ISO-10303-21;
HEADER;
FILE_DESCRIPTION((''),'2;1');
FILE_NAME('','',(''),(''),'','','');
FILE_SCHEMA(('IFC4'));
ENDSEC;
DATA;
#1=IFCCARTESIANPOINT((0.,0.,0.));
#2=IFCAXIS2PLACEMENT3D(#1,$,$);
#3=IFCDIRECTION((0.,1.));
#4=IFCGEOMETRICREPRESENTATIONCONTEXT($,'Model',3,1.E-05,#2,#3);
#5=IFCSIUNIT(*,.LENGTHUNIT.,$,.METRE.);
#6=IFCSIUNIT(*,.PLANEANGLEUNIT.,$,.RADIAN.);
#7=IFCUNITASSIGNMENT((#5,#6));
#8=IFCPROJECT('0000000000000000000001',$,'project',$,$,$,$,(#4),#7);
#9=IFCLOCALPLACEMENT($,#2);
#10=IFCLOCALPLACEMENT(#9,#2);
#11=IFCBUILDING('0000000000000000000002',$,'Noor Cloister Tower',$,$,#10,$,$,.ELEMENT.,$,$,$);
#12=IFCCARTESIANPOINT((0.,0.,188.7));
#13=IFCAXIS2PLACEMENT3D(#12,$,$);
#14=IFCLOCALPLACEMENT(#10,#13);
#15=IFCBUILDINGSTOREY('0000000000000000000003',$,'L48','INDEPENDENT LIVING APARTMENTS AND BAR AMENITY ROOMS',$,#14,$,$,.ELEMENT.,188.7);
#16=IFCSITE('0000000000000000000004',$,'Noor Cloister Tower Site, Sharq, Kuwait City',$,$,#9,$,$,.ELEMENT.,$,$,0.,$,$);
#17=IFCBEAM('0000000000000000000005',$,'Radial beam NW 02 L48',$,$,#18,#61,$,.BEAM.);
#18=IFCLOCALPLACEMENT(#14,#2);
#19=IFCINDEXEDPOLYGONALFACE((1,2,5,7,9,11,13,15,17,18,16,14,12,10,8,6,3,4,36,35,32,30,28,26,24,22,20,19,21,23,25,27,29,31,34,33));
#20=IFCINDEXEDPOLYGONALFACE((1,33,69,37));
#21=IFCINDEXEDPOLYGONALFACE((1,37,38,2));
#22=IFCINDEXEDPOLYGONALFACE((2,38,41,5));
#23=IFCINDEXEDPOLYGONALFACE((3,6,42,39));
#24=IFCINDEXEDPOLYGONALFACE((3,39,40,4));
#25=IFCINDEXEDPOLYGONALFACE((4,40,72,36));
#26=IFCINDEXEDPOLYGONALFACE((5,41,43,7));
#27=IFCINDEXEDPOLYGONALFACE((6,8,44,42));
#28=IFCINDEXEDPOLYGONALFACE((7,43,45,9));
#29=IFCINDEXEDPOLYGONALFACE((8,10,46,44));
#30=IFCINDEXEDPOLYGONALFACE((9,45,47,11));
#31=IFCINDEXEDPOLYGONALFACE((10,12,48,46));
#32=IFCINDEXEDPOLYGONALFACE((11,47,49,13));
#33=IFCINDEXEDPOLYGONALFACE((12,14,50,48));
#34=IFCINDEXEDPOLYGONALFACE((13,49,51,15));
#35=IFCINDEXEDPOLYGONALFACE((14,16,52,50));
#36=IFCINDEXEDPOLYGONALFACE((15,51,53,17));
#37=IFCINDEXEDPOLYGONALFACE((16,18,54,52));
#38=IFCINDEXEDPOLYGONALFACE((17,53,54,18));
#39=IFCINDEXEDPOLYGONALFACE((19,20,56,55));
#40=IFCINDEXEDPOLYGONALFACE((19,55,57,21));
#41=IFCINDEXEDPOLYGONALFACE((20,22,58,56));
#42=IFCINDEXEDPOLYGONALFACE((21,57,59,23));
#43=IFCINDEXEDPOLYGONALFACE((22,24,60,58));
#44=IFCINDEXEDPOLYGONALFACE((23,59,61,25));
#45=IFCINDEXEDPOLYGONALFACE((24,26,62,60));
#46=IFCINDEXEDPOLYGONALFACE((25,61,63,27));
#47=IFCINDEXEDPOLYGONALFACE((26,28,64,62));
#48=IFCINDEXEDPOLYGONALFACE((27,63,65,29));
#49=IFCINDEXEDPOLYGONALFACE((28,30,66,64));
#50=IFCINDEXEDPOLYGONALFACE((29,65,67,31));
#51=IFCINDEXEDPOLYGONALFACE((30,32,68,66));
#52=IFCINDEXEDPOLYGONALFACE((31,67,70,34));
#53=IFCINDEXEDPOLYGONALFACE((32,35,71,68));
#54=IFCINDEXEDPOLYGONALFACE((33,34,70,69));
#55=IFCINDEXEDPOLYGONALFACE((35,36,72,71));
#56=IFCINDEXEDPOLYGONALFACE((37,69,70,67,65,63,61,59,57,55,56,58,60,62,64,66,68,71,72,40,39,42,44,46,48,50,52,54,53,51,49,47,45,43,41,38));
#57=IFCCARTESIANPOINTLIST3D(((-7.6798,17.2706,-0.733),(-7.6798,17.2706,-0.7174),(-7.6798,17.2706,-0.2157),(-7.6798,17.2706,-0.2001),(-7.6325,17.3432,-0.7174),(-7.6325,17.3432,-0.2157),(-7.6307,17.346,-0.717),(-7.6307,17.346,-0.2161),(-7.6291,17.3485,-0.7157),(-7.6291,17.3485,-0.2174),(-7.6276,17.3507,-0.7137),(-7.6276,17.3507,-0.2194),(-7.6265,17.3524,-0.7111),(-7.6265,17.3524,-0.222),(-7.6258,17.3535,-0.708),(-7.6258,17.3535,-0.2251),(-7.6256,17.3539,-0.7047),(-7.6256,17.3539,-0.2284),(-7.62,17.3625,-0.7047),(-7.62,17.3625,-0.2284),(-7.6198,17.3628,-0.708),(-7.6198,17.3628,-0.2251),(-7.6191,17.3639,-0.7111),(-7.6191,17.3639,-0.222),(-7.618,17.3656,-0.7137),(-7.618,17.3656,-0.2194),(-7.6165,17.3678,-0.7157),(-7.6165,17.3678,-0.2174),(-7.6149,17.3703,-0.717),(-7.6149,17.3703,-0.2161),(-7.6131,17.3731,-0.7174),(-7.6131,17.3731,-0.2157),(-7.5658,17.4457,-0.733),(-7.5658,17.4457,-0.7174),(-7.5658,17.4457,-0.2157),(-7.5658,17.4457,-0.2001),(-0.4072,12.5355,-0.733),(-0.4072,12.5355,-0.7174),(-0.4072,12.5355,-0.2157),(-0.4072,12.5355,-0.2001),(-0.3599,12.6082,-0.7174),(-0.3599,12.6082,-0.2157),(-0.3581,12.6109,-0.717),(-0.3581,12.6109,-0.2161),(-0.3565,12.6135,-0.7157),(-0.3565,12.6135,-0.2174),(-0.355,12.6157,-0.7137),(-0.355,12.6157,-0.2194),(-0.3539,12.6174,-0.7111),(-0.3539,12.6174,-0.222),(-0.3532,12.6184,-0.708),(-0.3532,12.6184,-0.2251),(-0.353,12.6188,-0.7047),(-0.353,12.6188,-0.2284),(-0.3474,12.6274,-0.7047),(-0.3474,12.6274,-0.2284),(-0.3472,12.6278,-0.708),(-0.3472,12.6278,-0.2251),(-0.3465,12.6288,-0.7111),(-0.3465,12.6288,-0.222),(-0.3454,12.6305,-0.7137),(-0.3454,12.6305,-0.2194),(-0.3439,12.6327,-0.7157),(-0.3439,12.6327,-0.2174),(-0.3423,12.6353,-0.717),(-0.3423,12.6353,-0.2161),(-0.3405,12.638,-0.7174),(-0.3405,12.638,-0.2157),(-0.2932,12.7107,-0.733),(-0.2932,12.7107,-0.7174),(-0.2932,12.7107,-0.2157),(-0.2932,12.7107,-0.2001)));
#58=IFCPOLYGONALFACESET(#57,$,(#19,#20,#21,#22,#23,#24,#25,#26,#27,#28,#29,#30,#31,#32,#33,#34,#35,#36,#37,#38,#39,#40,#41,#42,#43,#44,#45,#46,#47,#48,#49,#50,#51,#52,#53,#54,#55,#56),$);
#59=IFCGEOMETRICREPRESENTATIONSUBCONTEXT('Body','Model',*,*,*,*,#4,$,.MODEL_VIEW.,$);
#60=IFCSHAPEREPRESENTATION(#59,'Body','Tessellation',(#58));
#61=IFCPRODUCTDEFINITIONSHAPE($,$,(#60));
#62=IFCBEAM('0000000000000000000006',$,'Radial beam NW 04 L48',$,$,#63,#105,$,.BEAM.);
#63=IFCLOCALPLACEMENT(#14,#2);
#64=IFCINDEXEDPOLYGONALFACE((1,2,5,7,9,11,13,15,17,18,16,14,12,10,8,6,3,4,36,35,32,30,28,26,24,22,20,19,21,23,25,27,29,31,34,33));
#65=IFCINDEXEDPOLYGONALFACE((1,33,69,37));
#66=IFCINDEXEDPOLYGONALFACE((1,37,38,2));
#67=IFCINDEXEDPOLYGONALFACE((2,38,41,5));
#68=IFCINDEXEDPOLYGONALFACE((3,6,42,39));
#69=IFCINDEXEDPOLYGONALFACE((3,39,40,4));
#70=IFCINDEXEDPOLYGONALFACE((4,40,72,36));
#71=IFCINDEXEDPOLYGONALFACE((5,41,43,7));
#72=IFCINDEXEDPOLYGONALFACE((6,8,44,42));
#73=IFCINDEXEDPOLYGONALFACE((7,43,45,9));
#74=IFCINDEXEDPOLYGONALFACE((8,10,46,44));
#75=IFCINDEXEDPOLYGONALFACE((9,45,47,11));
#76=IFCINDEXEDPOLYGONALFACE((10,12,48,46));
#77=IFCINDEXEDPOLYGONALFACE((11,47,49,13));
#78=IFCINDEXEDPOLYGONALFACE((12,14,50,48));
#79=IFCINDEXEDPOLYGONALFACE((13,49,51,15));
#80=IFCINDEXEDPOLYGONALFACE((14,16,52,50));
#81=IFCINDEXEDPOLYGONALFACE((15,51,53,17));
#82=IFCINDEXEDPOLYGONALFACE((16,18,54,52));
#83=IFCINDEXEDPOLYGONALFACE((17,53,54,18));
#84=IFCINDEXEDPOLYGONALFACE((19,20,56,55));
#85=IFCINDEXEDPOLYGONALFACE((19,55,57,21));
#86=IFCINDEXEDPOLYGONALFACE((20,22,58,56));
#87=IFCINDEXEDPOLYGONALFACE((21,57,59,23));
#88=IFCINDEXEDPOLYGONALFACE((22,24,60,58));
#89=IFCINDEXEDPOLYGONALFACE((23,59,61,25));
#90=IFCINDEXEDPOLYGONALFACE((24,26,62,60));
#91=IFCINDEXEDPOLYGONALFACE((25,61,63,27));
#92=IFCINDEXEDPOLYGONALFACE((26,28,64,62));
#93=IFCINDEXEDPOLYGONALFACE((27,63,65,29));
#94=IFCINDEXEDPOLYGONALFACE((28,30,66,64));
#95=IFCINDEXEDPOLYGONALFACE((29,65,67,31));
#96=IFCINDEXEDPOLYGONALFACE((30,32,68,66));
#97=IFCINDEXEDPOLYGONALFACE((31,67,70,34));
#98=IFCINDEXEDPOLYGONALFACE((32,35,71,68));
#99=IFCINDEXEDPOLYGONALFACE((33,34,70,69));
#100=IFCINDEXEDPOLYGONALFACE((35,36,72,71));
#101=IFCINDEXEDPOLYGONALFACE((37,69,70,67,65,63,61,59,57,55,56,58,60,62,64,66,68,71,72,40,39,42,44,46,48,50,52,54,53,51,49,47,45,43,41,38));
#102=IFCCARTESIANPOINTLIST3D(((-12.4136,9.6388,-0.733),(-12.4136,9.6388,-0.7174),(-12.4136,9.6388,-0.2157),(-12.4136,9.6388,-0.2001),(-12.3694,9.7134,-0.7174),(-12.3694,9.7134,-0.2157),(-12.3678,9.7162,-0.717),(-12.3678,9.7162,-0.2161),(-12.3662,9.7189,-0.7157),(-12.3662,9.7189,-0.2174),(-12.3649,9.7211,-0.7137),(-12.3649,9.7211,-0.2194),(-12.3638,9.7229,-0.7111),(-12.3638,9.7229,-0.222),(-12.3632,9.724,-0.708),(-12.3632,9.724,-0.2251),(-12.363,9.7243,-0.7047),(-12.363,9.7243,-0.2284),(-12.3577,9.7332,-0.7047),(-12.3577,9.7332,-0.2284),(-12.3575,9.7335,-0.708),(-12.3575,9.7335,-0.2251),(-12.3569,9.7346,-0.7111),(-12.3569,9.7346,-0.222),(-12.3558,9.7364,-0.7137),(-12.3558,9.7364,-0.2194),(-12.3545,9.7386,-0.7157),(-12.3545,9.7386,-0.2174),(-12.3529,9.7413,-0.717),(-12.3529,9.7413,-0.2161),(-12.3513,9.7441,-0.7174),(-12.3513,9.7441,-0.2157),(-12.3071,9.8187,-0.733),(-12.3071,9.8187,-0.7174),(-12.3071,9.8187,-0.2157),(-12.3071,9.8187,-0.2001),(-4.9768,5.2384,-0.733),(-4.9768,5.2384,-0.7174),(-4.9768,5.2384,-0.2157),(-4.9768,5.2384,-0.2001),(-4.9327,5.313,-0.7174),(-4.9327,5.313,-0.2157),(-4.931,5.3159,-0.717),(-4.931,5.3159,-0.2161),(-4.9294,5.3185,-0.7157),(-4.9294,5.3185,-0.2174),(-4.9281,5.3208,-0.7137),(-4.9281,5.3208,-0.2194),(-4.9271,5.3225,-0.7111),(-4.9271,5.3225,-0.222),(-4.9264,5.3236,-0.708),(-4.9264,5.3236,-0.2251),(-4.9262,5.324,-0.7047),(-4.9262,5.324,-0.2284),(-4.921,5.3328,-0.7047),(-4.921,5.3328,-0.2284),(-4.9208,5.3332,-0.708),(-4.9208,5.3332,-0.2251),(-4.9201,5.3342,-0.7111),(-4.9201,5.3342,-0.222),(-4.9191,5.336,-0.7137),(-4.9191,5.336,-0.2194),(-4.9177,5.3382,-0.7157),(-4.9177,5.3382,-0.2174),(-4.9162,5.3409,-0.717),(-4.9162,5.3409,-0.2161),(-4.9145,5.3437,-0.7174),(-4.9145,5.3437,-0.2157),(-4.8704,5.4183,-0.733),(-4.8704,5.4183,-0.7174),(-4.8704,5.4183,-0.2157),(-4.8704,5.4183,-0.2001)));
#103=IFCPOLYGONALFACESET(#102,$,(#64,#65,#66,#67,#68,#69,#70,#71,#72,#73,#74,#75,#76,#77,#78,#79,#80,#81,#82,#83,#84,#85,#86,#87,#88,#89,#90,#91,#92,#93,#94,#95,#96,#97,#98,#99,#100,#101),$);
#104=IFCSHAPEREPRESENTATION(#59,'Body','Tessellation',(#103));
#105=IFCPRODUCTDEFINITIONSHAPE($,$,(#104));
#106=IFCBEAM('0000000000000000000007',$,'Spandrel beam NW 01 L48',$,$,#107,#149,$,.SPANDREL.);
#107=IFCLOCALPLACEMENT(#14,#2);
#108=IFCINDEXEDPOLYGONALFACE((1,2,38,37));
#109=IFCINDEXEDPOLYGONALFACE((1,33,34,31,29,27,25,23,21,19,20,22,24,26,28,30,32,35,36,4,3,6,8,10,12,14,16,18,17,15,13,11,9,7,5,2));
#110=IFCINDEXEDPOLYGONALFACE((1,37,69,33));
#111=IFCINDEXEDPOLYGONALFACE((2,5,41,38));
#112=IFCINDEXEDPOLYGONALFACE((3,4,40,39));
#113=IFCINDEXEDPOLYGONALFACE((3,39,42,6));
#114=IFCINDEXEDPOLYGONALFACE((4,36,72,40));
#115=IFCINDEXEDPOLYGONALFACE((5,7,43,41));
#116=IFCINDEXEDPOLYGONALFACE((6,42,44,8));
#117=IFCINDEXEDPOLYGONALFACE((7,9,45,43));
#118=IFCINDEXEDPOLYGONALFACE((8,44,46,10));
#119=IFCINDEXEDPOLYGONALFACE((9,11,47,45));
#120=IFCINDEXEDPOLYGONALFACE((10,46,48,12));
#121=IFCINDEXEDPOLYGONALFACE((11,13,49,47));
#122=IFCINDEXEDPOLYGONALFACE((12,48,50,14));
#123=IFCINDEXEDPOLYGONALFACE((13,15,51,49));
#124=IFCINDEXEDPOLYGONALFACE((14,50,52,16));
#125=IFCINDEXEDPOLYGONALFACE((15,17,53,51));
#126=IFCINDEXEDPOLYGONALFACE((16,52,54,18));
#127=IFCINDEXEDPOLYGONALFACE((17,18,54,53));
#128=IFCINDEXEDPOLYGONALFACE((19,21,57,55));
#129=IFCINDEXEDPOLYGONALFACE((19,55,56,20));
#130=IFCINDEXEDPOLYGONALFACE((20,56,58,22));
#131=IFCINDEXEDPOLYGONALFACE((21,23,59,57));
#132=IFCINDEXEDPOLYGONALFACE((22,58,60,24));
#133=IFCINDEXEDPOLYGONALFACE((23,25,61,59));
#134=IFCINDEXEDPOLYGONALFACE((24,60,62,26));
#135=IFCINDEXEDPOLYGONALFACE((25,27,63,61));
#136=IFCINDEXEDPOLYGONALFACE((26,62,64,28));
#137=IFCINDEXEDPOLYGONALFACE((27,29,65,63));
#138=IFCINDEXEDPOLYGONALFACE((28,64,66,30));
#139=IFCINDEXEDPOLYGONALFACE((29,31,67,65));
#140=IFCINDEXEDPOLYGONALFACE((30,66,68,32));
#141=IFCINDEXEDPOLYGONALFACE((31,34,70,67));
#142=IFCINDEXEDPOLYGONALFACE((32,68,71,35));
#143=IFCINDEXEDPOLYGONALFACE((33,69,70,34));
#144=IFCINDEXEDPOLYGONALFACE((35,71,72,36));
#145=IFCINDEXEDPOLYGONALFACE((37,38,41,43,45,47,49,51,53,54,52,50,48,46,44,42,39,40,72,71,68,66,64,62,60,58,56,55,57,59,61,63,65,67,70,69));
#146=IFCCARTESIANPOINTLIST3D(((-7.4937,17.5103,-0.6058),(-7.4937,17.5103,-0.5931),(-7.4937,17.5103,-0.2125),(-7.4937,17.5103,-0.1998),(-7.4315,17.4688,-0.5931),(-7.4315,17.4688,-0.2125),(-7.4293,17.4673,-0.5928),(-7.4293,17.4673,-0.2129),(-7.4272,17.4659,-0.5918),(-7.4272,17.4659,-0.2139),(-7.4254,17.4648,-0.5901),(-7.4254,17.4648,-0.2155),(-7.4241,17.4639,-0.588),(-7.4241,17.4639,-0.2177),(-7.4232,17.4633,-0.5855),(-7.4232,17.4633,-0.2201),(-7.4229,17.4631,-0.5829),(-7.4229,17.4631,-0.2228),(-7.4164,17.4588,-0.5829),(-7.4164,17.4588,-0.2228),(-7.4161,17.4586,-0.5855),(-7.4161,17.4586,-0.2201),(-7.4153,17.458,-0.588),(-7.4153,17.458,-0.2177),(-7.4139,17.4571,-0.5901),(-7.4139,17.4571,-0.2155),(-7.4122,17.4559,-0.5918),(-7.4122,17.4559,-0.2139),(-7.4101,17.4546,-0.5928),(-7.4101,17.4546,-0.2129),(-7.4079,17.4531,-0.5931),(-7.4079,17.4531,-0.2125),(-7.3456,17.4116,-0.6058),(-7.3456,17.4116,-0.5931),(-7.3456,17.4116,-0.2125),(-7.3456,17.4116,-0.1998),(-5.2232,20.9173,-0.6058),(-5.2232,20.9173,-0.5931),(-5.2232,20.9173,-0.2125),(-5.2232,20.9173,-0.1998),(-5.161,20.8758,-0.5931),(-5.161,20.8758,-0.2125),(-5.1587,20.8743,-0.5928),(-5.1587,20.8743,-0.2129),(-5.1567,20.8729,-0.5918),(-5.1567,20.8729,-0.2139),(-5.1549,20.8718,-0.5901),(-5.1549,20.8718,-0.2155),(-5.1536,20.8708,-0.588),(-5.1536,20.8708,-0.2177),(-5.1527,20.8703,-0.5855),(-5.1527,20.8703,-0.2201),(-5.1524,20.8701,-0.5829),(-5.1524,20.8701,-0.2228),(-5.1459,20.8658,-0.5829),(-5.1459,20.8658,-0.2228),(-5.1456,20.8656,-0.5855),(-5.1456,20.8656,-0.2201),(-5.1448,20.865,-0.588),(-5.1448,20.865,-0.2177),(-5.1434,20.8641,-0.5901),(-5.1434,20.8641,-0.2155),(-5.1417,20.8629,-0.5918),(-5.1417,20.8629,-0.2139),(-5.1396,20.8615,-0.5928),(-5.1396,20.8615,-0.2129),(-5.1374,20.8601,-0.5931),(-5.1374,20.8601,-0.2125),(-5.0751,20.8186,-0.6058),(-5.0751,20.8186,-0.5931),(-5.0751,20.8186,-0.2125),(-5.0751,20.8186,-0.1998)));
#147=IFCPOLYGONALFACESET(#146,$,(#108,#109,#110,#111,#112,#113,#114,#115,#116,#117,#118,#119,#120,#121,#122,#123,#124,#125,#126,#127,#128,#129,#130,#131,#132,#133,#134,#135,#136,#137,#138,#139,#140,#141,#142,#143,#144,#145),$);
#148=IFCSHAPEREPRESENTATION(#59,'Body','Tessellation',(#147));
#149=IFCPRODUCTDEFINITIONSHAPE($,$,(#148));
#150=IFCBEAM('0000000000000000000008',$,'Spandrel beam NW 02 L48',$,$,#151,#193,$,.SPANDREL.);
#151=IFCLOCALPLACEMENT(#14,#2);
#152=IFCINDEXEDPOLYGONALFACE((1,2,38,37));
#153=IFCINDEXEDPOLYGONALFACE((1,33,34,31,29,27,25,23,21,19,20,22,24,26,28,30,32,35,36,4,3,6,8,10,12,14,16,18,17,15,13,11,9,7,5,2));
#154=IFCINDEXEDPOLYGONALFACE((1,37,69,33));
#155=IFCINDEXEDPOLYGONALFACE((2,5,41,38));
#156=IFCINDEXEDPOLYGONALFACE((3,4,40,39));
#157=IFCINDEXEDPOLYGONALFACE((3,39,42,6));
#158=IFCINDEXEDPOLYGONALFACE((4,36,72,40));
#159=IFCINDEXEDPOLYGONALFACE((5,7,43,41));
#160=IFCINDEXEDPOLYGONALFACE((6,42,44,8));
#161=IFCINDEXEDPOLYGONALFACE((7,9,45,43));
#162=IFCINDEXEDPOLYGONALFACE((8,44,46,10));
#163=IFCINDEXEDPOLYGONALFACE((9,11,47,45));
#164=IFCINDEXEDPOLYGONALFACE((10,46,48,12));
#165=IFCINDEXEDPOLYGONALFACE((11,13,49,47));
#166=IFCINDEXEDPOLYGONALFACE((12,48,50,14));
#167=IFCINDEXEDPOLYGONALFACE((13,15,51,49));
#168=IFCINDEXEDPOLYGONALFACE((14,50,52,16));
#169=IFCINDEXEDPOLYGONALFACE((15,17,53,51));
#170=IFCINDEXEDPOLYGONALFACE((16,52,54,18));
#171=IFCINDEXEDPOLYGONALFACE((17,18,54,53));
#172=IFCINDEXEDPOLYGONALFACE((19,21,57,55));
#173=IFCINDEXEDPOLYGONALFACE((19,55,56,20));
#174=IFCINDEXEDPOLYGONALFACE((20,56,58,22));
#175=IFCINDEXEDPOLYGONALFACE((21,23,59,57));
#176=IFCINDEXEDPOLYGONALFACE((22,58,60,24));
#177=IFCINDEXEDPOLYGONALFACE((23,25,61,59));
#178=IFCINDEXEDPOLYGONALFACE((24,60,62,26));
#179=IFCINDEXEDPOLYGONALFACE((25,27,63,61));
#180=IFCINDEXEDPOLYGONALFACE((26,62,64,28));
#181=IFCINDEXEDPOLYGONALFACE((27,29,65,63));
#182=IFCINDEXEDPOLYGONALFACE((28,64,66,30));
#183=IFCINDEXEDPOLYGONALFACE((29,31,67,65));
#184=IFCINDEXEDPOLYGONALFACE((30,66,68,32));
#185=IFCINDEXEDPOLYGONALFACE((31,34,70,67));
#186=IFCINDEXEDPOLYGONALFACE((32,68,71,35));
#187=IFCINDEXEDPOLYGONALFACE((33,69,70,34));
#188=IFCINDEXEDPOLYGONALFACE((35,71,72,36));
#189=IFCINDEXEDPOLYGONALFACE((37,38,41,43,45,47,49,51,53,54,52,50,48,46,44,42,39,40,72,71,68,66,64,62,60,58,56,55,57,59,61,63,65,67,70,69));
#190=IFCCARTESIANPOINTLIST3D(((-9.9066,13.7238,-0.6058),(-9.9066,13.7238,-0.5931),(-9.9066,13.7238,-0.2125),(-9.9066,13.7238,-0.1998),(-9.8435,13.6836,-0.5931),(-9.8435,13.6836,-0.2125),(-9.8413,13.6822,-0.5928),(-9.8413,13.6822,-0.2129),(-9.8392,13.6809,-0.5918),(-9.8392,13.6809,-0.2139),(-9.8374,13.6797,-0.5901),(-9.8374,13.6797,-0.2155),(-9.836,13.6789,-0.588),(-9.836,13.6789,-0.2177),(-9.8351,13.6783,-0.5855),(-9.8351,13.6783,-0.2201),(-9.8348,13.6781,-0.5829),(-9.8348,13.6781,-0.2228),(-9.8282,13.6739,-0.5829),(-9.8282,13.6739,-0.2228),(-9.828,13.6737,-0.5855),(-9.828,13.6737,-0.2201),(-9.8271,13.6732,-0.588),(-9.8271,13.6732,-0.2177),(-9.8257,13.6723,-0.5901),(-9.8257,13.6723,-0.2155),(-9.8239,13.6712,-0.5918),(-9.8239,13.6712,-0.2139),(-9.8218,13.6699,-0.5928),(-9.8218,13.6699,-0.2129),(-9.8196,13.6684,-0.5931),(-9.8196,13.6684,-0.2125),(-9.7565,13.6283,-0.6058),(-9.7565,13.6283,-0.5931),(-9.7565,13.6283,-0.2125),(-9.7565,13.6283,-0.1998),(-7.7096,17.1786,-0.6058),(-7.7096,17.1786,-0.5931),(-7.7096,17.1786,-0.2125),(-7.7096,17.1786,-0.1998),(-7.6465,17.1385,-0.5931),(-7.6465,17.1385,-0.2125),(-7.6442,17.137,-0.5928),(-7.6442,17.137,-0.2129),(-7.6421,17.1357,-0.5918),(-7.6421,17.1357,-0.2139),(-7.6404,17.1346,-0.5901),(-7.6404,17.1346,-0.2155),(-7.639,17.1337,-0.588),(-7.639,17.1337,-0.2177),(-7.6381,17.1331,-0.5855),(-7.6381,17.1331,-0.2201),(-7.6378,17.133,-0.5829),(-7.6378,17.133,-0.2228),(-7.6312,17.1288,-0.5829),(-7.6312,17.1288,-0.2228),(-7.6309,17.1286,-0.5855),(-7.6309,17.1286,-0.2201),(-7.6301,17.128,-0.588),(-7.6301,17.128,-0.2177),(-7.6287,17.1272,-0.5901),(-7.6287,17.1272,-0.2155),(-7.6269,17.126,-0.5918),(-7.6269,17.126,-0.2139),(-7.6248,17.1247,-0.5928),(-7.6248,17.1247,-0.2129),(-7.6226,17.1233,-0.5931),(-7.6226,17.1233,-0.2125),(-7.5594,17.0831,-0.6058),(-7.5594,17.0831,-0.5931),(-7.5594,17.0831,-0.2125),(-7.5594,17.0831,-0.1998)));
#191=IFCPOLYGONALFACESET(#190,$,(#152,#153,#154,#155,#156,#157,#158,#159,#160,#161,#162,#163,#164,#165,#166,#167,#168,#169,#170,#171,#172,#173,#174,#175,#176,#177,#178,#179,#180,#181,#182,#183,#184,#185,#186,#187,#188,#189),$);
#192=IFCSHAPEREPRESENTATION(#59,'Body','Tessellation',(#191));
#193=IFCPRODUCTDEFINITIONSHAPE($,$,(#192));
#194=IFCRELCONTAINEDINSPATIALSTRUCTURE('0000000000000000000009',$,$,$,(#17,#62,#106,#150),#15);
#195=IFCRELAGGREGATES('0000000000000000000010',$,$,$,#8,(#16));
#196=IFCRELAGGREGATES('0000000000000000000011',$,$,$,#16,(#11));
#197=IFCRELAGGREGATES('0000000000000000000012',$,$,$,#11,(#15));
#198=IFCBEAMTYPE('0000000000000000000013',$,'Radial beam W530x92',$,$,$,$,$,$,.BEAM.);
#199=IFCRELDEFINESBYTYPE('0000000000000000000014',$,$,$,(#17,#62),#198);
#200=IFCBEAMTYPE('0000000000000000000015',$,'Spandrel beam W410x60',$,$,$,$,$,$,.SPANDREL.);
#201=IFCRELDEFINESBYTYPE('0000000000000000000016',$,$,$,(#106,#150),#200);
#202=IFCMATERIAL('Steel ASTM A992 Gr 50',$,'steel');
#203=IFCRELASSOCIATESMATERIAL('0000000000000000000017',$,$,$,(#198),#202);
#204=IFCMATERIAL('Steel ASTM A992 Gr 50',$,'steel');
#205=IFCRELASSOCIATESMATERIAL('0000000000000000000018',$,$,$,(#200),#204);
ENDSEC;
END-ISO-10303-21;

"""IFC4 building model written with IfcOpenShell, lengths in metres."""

from ifc_helpers import new_model, si_unit, direction, frame, origin, origin_2d, place, context, subcontext, project, spatial, i_section, extrude, material, material_profile, profile_set, type_object, element, save


model = new_model("IFC4")

# Units and contexts
model_context = context("Model", 3, precision=1e-05, world=origin(), true_north=direction((0.0, 1.0)))
body_context = subcontext(model_context, "Body", "Model", "MODEL_VIEW")
ifc_project = project(units=[si_unit("LENGTHUNIT", "METRE"), si_unit("PLANEANGLEUNIT", "RADIAN")], contexts=[model_context])

# Site, building, storey
site_placement = place(None, origin())
site = spatial("IfcSite", under=ifc_project, at=site_placement, Name="Noor Cloister Tower Site, Sharq, Kuwait City", CompositionType="ELEMENT", RefElevation=0.0)
building_placement = place(site_placement, origin())
building = spatial("IfcBuilding", under=site, at=building_placement, Name="Noor Cloister Tower", CompositionType="ELEMENT")
storey_placement = place(building_placement, frame((0.0, 0.0, 188.7)))
storey = spatial("IfcBuildingStorey", under=building, at=storey_placement, Name="L48", Description="INDEPENDENT LIVING APARTMENTS AND BAR AMENITY ROOMS", CompositionType="ELEMENT", Elevation=188.7)

# Beams
ifc_material_1 = material(Name="Steel ASTM A992 Gr 50", Category="steel")
ifc_material_profile_1 = material_profile(ifc_material_1, i_section(OverallWidth=0.209, OverallDepth=0.533, WebThickness=0.0103, FlangeThickness=0.0156, FilletRadius=0.0127, at=origin_2d()), Name="W530x92")
ifc_profile_set_1 = profile_set([ifc_material_profile_1], Name="Steel ASTM A992 Gr 50")
beam_type_1 = type_object("IfcBeamType", Name="Radial beam W530x92", PredefinedType="BEAM", material=ifc_profile_set_1)
beam_1_placement = place(storey_placement, frame((-7.6228, 17.3582, -0.4666), z_axis=(0.83803, -0.545624, 0.0), x_axis=(0.545624, 0.83803, 0.0)))
element("IfcBeam", 1, at=beam_1_placement, inside=storey, type_object=beam_type_1, Name="Radial beam NW 02 L48", PredefinedType="BEAM", context=body_context, shape_type="SweptSolid", body=[
    extrude(i_section(OverallWidth=0.209, OverallDepth=0.533, WebThickness=0.0103, FlangeThickness=0.0156, FilletRadius=0.0127, at=origin_2d()), origin(), (0.0, 0.0, 1.0), 8.6782),
])
beam_2_placement = place(storey_placement, frame((-12.3604, 9.7288, -0.4666), z_axis=(0.860625, -0.509238, 0.0), x_axis=(0.509238, 0.860625, 0.0)))
element("IfcBeam", 2, at=beam_2_placement, inside=storey, type_object=beam_type_1, Name="Radial beam NW 04 L48", PredefinedType="BEAM", context=body_context, shape_type="SweptSolid", body=[
    extrude(i_section(OverallWidth=0.209, OverallDepth=0.533, WebThickness=0.0103, FlangeThickness=0.0156, FilletRadius=0.0127, at=origin_2d()), origin(), (0.0, 0.0, 1.0), 8.6411),
])
ifc_material_2 = material(Name="Steel ASTM A992 Gr 50", Category="steel")
ifc_material_profile_2 = material_profile(ifc_material_2, i_section(OverallWidth=0.178, OverallDepth=0.406, WebThickness=0.0078, FlangeThickness=0.0127, FilletRadius=0.0103, at=origin_2d()), Name="W410x60")
ifc_profile_set_2 = profile_set([ifc_material_profile_2], Name="Steel ASTM A992 Gr 50")
beam_type_2 = type_object("IfcBeamType", Name="Spandrel beam W410x60", PredefinedType="SPANDREL", material=ifc_profile_set_2)
for number, where, z_axis, x_axis, name in (
    (3, (-5.1492, 20.8679, -0.4028), (-0.554563, -0.832142, 0.0), (0.832142, -0.554563, 0.0), "Spandrel beam NW 01 L48"),
    (4, (-7.6345, 17.1309, -0.4028), (-0.536613, -0.843828, 0.0), (0.843828, -0.536613, 0.0), "Spandrel beam NW 02 L48"),
):
    element("IfcBeam", number, at=place(storey_placement, frame(where, z_axis=z_axis, x_axis=x_axis)), inside=storey, type_object=beam_type_2, Name=name, PredefinedType="SPANDREL", context=body_context, shape_type="SweptSolid", body=[
        extrude(i_section(OverallWidth=0.178, OverallDepth=0.406, WebThickness=0.0078, FlangeThickness=0.0127, FilletRadius=0.0103, at=origin_2d()), origin(), (0.0, 0.0, 1.0), 4.0942),
    ])

save(model, "model.ifc")
